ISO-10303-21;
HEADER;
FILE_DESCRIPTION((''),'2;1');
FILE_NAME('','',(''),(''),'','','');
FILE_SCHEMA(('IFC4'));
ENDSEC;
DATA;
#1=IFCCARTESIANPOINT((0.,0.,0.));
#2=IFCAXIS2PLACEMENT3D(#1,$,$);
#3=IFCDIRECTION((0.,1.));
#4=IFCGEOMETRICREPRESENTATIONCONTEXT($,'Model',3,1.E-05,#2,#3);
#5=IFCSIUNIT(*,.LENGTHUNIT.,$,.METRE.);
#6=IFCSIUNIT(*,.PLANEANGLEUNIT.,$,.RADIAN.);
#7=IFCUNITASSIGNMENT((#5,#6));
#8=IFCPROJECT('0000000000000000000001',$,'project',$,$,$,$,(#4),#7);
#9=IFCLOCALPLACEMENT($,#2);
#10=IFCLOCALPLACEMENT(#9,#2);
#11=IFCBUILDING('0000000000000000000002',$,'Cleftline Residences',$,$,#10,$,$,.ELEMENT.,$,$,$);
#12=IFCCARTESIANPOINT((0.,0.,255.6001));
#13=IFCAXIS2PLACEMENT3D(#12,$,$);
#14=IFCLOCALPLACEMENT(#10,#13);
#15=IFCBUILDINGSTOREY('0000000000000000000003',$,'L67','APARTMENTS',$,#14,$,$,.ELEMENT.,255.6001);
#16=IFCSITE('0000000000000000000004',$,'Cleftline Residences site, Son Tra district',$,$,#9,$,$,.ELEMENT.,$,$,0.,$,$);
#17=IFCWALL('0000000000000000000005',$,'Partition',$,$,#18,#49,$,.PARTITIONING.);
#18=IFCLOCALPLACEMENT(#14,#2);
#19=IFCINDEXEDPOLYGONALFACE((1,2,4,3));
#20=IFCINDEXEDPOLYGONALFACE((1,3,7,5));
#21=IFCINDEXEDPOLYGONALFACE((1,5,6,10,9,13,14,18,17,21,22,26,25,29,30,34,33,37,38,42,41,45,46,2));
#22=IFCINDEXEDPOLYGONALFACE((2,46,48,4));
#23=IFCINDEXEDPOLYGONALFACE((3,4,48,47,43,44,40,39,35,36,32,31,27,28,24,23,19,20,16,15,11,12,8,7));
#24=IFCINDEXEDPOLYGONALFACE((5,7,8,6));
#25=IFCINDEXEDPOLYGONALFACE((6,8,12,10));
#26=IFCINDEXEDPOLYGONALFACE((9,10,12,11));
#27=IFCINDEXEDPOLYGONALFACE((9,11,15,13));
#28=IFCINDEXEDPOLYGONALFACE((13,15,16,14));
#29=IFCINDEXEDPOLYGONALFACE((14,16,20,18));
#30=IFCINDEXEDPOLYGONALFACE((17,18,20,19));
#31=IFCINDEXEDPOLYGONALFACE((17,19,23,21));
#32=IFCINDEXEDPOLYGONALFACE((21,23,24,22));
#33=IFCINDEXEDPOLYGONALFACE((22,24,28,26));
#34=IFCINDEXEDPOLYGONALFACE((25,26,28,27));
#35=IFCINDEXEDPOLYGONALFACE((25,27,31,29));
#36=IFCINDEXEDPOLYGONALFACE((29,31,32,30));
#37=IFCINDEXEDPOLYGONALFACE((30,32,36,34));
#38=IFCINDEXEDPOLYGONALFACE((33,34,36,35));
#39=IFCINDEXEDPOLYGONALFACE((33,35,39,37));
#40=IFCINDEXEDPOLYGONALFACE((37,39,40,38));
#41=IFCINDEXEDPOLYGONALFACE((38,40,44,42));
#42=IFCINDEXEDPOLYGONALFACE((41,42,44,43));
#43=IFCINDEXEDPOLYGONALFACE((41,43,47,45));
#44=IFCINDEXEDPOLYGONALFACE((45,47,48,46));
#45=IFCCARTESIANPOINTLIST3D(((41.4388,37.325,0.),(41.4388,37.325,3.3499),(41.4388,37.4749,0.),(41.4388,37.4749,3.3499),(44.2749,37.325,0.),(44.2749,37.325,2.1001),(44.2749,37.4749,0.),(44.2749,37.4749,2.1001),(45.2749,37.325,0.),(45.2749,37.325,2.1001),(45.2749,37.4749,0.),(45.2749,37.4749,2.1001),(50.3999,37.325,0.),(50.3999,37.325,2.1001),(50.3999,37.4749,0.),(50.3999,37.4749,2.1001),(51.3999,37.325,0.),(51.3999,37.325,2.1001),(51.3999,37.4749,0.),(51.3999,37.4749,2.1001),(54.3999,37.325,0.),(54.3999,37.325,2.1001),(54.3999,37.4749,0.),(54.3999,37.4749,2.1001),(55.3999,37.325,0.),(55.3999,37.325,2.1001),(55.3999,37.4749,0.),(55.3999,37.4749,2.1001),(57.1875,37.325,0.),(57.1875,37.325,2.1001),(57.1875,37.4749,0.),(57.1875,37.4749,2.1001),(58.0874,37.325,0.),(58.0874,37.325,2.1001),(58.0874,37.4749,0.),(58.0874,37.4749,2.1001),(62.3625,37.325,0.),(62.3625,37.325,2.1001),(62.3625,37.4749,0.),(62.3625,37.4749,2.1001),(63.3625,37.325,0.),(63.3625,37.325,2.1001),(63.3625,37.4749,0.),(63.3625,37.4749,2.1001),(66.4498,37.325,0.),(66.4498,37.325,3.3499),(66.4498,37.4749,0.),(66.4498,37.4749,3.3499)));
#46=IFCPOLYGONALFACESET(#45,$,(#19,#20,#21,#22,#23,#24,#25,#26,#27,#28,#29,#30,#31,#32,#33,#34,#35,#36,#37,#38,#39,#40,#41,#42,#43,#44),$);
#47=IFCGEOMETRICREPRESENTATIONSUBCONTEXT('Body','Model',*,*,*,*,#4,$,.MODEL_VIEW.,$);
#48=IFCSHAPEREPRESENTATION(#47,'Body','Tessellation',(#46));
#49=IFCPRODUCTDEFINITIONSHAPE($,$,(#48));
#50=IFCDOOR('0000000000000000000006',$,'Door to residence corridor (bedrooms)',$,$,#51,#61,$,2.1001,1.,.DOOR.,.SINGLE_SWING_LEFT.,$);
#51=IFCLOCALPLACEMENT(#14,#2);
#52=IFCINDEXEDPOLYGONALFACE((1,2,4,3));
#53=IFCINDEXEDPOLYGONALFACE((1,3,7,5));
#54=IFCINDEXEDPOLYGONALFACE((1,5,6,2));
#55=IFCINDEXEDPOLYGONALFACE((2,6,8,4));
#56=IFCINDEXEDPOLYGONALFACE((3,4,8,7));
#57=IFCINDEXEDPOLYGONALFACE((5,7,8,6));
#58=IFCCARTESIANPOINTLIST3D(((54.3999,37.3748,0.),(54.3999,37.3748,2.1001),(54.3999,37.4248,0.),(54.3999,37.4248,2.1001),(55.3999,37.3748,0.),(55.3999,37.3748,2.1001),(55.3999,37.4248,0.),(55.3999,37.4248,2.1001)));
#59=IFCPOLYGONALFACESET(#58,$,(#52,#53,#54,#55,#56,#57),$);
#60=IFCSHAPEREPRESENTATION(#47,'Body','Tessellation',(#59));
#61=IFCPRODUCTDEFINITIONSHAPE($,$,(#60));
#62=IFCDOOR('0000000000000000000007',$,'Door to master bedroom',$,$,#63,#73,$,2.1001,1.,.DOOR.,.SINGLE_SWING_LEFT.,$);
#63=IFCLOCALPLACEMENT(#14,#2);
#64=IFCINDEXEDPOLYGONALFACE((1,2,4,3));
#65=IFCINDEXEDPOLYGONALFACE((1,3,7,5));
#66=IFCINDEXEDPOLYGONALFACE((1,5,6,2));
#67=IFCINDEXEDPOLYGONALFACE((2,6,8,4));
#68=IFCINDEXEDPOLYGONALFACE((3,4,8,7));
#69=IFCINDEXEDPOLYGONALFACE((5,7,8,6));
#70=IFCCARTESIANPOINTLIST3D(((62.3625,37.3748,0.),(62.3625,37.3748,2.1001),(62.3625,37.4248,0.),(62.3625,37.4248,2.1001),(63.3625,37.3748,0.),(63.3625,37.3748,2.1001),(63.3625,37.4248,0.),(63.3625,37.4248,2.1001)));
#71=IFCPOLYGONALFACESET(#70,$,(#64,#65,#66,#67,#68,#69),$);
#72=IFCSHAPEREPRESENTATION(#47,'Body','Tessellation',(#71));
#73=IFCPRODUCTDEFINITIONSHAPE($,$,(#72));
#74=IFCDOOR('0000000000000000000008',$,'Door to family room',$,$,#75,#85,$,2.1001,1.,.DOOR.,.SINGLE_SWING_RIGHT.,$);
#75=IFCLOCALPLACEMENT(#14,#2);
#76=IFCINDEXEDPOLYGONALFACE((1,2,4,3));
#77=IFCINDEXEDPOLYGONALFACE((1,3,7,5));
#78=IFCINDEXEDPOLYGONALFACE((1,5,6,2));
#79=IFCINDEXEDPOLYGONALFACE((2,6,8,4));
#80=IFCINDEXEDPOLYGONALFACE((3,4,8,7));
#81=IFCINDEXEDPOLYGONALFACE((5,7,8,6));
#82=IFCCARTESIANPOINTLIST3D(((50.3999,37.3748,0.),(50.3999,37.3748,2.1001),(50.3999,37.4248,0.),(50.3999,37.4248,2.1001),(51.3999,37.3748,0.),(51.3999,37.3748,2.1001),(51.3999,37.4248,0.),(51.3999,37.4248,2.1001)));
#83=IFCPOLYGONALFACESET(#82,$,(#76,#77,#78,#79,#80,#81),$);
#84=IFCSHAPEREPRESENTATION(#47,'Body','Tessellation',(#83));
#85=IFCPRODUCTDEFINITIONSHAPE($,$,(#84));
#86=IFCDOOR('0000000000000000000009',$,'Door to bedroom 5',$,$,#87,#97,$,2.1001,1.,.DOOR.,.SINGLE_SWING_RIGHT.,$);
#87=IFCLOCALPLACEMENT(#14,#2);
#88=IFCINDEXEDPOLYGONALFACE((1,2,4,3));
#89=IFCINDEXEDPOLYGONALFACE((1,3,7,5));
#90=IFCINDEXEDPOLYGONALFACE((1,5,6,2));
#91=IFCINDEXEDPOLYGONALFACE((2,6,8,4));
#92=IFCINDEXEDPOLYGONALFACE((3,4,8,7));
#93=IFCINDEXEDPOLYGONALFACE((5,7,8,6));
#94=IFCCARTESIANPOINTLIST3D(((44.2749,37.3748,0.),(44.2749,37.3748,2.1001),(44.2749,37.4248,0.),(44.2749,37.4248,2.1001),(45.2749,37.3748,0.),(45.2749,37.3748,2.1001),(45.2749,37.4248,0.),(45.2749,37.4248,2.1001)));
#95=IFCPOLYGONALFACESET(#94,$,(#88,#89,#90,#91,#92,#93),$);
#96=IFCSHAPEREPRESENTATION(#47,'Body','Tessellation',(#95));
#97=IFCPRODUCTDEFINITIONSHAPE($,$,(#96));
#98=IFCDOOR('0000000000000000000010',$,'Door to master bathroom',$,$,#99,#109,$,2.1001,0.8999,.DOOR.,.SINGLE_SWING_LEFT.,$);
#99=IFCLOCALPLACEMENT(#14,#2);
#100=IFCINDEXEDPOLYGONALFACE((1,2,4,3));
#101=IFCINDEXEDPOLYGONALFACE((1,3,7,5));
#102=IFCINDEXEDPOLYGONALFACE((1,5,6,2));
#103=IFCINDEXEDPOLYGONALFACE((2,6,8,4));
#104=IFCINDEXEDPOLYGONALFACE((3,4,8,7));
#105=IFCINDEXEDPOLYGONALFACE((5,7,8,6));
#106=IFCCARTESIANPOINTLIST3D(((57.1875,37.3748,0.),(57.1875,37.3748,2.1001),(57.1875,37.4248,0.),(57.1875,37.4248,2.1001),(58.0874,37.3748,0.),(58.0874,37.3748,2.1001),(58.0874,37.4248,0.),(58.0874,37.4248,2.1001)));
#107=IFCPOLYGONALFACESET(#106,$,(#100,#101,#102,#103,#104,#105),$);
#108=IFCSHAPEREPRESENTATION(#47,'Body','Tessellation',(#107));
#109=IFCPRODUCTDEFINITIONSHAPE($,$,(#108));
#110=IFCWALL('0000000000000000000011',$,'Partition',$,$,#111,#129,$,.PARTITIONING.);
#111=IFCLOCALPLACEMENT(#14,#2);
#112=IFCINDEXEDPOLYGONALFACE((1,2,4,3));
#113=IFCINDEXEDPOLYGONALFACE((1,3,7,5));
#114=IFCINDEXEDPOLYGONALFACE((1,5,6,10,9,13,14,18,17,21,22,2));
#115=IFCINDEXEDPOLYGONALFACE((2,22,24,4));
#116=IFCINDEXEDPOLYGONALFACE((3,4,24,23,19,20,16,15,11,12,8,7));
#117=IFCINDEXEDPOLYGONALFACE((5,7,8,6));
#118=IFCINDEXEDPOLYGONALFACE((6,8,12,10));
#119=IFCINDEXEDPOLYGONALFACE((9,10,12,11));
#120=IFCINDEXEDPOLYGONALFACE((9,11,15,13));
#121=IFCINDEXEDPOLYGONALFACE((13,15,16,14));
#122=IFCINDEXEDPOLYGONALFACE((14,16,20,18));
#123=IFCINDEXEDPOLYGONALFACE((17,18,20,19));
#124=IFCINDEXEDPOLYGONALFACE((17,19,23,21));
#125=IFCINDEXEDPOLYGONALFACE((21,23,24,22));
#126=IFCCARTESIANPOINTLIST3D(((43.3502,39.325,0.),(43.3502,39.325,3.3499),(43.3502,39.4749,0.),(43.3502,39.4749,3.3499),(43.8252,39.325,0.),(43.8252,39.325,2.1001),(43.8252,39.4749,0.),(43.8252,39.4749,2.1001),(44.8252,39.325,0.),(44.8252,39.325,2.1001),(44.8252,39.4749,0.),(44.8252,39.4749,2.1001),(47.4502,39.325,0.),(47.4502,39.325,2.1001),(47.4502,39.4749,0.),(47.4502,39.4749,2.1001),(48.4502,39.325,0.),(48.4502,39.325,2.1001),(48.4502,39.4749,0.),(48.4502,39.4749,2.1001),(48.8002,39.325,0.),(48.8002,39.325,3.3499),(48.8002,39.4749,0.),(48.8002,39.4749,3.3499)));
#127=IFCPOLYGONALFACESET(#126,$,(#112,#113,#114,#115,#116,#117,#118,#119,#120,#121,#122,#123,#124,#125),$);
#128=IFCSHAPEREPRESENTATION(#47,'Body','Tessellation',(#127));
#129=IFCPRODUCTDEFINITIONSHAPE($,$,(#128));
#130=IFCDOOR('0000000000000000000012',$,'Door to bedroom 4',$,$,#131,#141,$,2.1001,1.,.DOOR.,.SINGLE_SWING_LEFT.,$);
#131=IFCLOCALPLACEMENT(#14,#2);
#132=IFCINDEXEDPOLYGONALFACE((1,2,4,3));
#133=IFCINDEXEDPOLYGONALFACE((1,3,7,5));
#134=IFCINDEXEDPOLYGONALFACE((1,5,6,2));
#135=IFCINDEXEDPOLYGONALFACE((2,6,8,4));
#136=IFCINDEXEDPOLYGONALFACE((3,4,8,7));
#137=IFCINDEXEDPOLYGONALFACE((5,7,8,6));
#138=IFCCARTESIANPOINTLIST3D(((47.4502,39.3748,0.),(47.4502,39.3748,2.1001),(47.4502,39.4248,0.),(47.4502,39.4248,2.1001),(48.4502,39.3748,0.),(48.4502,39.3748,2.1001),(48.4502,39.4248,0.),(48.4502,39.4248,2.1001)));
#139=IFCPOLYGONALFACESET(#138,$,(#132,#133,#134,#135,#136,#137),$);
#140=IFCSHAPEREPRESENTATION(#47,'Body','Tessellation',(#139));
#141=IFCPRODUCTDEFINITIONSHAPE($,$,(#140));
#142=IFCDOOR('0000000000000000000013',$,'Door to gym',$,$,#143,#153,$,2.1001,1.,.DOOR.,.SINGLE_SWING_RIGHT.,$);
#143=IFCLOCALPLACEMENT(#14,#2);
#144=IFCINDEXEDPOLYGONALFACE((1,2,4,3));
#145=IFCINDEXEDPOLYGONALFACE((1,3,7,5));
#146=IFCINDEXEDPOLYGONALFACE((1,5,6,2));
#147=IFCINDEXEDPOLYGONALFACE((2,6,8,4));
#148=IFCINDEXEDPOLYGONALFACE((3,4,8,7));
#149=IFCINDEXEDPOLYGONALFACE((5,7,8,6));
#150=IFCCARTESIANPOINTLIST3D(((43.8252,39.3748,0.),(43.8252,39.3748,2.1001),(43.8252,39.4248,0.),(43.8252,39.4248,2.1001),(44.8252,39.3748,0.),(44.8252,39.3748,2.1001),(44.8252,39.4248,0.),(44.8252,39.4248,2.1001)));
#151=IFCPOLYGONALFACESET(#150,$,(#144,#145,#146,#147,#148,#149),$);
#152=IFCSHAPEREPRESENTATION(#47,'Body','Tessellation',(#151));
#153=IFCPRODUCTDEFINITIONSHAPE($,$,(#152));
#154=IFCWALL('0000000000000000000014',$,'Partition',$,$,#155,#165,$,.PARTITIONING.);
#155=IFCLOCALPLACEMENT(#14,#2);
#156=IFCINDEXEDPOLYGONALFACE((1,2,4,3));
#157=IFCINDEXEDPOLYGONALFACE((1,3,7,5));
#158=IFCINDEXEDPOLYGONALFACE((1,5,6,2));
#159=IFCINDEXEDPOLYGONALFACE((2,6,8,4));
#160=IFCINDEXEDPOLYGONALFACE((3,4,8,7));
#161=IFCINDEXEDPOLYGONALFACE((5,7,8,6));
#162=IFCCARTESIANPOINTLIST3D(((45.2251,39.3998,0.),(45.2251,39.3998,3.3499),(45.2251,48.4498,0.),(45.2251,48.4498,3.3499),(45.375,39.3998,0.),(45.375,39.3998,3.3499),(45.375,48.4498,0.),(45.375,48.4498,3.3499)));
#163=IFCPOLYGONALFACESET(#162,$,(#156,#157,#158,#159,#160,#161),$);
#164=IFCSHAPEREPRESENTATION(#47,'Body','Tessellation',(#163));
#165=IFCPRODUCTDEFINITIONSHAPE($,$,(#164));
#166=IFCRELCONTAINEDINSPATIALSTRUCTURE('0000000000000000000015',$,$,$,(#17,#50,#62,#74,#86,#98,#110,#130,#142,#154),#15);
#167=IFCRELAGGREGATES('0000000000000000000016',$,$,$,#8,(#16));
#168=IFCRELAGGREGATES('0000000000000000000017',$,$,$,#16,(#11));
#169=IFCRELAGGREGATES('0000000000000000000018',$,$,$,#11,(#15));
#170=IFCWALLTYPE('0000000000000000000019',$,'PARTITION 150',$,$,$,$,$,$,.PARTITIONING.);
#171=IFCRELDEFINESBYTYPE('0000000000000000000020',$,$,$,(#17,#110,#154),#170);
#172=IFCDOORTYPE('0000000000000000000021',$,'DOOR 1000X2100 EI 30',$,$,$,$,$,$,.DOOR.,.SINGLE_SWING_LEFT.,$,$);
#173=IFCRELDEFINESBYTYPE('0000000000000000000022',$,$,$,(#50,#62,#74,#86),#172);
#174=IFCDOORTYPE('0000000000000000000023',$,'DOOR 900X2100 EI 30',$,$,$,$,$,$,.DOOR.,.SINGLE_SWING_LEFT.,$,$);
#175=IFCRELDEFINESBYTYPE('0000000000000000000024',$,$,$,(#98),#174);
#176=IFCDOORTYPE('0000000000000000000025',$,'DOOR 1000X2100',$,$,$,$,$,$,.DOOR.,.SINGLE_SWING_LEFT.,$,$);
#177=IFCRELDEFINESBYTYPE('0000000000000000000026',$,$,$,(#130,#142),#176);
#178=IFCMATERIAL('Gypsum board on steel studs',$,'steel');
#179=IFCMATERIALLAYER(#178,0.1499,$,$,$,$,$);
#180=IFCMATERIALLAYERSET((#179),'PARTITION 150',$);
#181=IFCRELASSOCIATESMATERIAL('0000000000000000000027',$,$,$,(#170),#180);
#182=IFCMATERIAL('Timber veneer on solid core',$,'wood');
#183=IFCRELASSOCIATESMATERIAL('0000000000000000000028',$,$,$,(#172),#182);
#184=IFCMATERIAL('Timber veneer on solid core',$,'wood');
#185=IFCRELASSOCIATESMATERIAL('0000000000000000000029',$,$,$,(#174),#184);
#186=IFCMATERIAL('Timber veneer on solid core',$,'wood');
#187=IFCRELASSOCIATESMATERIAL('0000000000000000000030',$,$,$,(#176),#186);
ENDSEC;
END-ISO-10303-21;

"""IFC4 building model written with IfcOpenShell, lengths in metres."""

from ifc_helpers import new_model, si_unit, direction, frame, frame_2d, origin, place, context, subcontext, project, spatial, rectangle, extrude, material, layer, layer_set, type_object, element, fill, save


model = new_model("IFC4")

# Units and contexts
model_context = context("Model", 3, precision=1e-05, world=origin(), true_north=direction((0.0, 1.0)))
body_context = subcontext(model_context, "Body", "Model", "MODEL_VIEW")
ifc_project = project(units=[si_unit("LENGTHUNIT", "METRE"), si_unit("PLANEANGLEUNIT", "RADIAN")], contexts=[model_context])

# Site, building, storey
site_placement = place(None, origin())
site = spatial("IfcSite", under=ifc_project, at=site_placement, Name="Cleftline Residences site, Son Tra district", CompositionType="ELEMENT", RefElevation=0.0)
building_placement = place(site_placement, origin())
building = spatial("IfcBuilding", under=site, at=building_placement, Name="Cleftline Residences", CompositionType="ELEMENT")
storey_placement = place(building_placement, frame((0.0, 0.0, 255.6001)))
storey = spatial("IfcBuildingStorey", under=building, at=storey_placement, Name="L67", Description="APARTMENTS", CompositionType="ELEMENT", Elevation=255.6001)

# Shared definitions
ifc_material_1 = material(Name="Gypsum board on steel studs", Category="steel")
ifc_layer_1 = layer(ifc_material_1, 0.1499)
ifc_layer_set_1 = layer_set([ifc_layer_1], Name="PARTITION 150")
wall_type = type_object("IfcWallType", Name="PARTITION 150", PredefinedType="PARTITIONING", material=ifc_layer_set_1)

# Walls, openings, doors
wall_1_placement = place(storey_placement, frame((41.439, 37.3999, 0.0), z_axis=(0.0, 0.0, 1.0), x_axis=(1.0, 0.0, 0.0)))
wall_1 = element("IfcWall", 1, at=wall_1_placement, inside=storey, type_object=wall_type, Name="Partition", PredefinedType="PARTITIONING", context=body_context, shape_type="SweptSolid", body=[
    extrude(rectangle(XDim=25.011, YDim=0.1499, at=frame_2d((12.5054, 0.0))), origin(), (0.0, 0.0, 1.0), 3.3499),
])
opening_1_placement = place(wall_1_placement, frame((12.9609, 0.0, 0.0)))
opening_1 = element("IfcOpeningElement", 2, at=opening_1_placement, cuts=wall_1, PredefinedType="OPENING", context=body_context, shape_type="SweptSolid", body=[
    extrude(rectangle(XDim=1.0, YDim=2.1001, at=frame_2d((0.5, 1.05))), frame((0.0, 0.085, 0.0), z_axis=(0.0, -1.0, 0.0), x_axis=(1.0, 0.0, 0.0)), (0.0, 0.0, 1.0), 0.1699),
])
opening_2_placement = place(wall_1_placement, frame((20.9236, 0.0, 0.0)))
opening_2 = element("IfcOpeningElement", 3, at=opening_2_placement, cuts=wall_1, PredefinedType="OPENING", context=body_context, shape_type="SweptSolid", body=[
    extrude(rectangle(XDim=1.0, YDim=2.1001, at=frame_2d((0.5, 1.05))), frame((0.0, 0.085, 0.0), z_axis=(0.0, -1.0, 0.0), x_axis=(1.0, 0.0, 0.0)), (0.0, 0.0, 1.0), 0.1699),
])
opening_3_placement = place(wall_1_placement, frame((15.7485, 0.0, 0.0)))
opening_3 = element("IfcOpeningElement", 4, at=opening_3_placement, cuts=wall_1, PredefinedType="OPENING", context=body_context, shape_type="SweptSolid", body=[
    extrude(rectangle(XDim=0.8999, YDim=2.1001, at=frame_2d((0.45, 1.05))), frame((0.0, 0.085, 0.0), z_axis=(0.0, -1.0, 0.0), x_axis=(1.0, 0.0, 0.0)), (0.0, 0.0, 1.0), 0.1699),
])
opening_4_placement = place(wall_1_placement, frame((8.9609, 0.0, 0.0)))
opening_4 = element("IfcOpeningElement", 5, at=opening_4_placement, cuts=wall_1, PredefinedType="OPENING", context=body_context, shape_type="SweptSolid", body=[
    extrude(rectangle(XDim=1.0, YDim=2.1001, at=frame_2d((0.5, 1.05))), frame((0.0, 0.085, 0.0), z_axis=(0.0, -1.0, 0.0), x_axis=(1.0, 0.0, 0.0)), (0.0, 0.0, 1.0), 0.1699),
])
opening_5_placement = place(wall_1_placement, frame((2.8359, 0.0, 0.0)))
opening_5 = element("IfcOpeningElement", 6, at=opening_5_placement, cuts=wall_1, PredefinedType="OPENING", context=body_context, shape_type="SweptSolid", body=[
    extrude(rectangle(XDim=1.0, YDim=2.1001, at=frame_2d((0.5, 1.05))), frame((0.0, 0.085, 0.0), z_axis=(0.0, -1.0, 0.0), x_axis=(1.0, 0.0, 0.0)), (0.0, 0.0, 1.0), 0.1699),
])
ifc_material_2 = material(Name="Timber veneer on solid core", Category="wood")
door_type_1 = type_object("IfcDoorType", Name="DOOR 1000X2100 EI 30", OperationType="SINGLE_SWING_LEFT", PredefinedType="DOOR", material=ifc_material_2)
door_1_placement = place(opening_1_placement, origin())
door_1 = element("IfcDoor", 7, at=door_1_placement, inside=storey, type_object=door_type_1, Name="Door to residence corridor (bedrooms)", OperationType="SINGLE_SWING_LEFT", OverallHeight=2.1001, OverallWidth=1.0, PredefinedType="DOOR", context=body_context, shape_type="SweptSolid", body=[
    extrude(rectangle(XDim=1.0, YDim=2.1001, at=frame_2d((0.5, 1.05))), frame((0.0, 0.0249, 0.0), z_axis=(0.0, -1.0, 0.0), x_axis=(1.0, 0.0, 0.0)), (0.0, 0.0, 1.0), 0.05),
])
fill(opening_1, door_1)
door_2_placement = place(opening_2_placement, origin())
door_2 = element("IfcDoor", 8, at=door_2_placement, inside=storey, type_object=door_type_1, Name="Door to master bedroom", OperationType="SINGLE_SWING_LEFT", OverallHeight=2.1001, OverallWidth=1.0, PredefinedType="DOOR", context=body_context, shape_type="SweptSolid", body=[
    extrude(rectangle(XDim=1.0, YDim=2.1001, at=frame_2d((0.5, 1.05))), frame((0.0, 0.0249, 0.0), z_axis=(0.0, -1.0, 0.0), x_axis=(1.0, 0.0, 0.0)), (0.0, 0.0, 1.0), 0.05),
])
fill(opening_2, door_2)
door_3_placement = place(opening_4_placement, origin())
door_3 = element("IfcDoor", 9, at=door_3_placement, inside=storey, type_object=door_type_1, Name="Door to family room", OperationType="SINGLE_SWING_RIGHT", OverallHeight=2.1001, OverallWidth=1.0, PredefinedType="DOOR", context=body_context, shape_type="SweptSolid", body=[
    extrude(rectangle(XDim=1.0, YDim=2.1001, at=frame_2d((0.5, 1.05))), frame((0.0, 0.0249, 0.0), z_axis=(0.0, -1.0, 0.0), x_axis=(1.0, 0.0, 0.0)), (0.0, 0.0, 1.0), 0.05),
])
fill(opening_4, door_3)
door_4_placement = place(opening_5_placement, origin())
door_4 = element("IfcDoor", 10, at=door_4_placement, inside=storey, type_object=door_type_1, Name="Door to bedroom 5", OperationType="SINGLE_SWING_RIGHT", OverallHeight=2.1001, OverallWidth=1.0, PredefinedType="DOOR", context=body_context, shape_type="SweptSolid", body=[
    extrude(rectangle(XDim=1.0, YDim=2.1001, at=frame_2d((0.5, 1.05))), frame((0.0, 0.0249, 0.0), z_axis=(0.0, -1.0, 0.0), x_axis=(1.0, 0.0, 0.0)), (0.0, 0.0, 1.0), 0.05),
])
fill(opening_5, door_4)
ifc_material_3 = material(Name="Timber veneer on solid core", Category="wood")
door_type_2 = type_object("IfcDoorType", Name="DOOR 900X2100 EI 30", OperationType="SINGLE_SWING_LEFT", PredefinedType="DOOR", material=ifc_material_3)
door_5_placement = place(opening_3_placement, origin())
door_5 = element("IfcDoor", 11, at=door_5_placement, inside=storey, type_object=door_type_2, Name="Door to master bathroom", OperationType="SINGLE_SWING_LEFT", OverallHeight=2.1001, OverallWidth=0.8999, PredefinedType="DOOR", context=body_context, shape_type="SweptSolid", body=[
    extrude(rectangle(XDim=0.8999, YDim=2.1001, at=frame_2d((0.45, 1.05))), frame((0.0, 0.0249, 0.0), z_axis=(0.0, -1.0, 0.0), x_axis=(1.0, 0.0, 0.0)), (0.0, 0.0, 1.0), 0.05),
])
fill(opening_3, door_5)
wall_2_placement = place(storey_placement, frame((43.3501, 39.3999, 0.0), z_axis=(0.0, 0.0, 1.0), x_axis=(1.0, 0.0, 0.0)))
wall_2 = element("IfcWall", 12, at=wall_2_placement, inside=storey, type_object=wall_type, Name="Partition", PredefinedType="PARTITIONING", context=body_context, shape_type="SweptSolid", body=[
    extrude(rectangle(XDim=5.45, YDim=0.1499, at=frame_2d((2.7251, 0.0))), origin(), (0.0, 0.0, 1.0), 3.3499),
])
opening_6_placement = place(wall_2_placement, frame((4.1001, 0.0, 0.0)))
opening_6 = element("IfcOpeningElement", 13, at=opening_6_placement, cuts=wall_2, PredefinedType="OPENING", context=body_context, shape_type="SweptSolid", body=[
    extrude(rectangle(XDim=1.0, YDim=2.1001, at=frame_2d((0.5, 1.05))), frame((0.0, 0.085, 0.0), z_axis=(0.0, -1.0, 0.0), x_axis=(1.0, 0.0, 0.0)), (0.0, 0.0, 1.0), 0.1699),
])
opening_7_placement = place(wall_2_placement, frame((0.4751, 0.0, 0.0)))
opening_7 = element("IfcOpeningElement", 14, at=opening_7_placement, cuts=wall_2, PredefinedType="OPENING", context=body_context, shape_type="SweptSolid", body=[
    extrude(rectangle(XDim=1.0, YDim=2.1001, at=frame_2d((0.5, 1.05))), frame((0.0, 0.085, 0.0), z_axis=(0.0, -1.0, 0.0), x_axis=(1.0, 0.0, 0.0)), (0.0, 0.0, 1.0), 0.1699),
])
ifc_material_4 = material(Name="Timber veneer on solid core", Category="wood")
door_type_3 = type_object("IfcDoorType", Name="DOOR 1000X2100", OperationType="SINGLE_SWING_LEFT", PredefinedType="DOOR", material=ifc_material_4)
door_6_placement = place(opening_6_placement, origin())
door_6 = element("IfcDoor", 15, at=door_6_placement, inside=storey, type_object=door_type_3, Name="Door to bedroom 4", OperationType="SINGLE_SWING_LEFT", OverallHeight=2.1001, OverallWidth=1.0, PredefinedType="DOOR", context=body_context, shape_type="SweptSolid", body=[
    extrude(rectangle(XDim=1.0, YDim=2.1001, at=frame_2d((0.5, 1.05))), frame((0.0, 0.0249, 0.0), z_axis=(0.0, -1.0, 0.0), x_axis=(1.0, 0.0, 0.0)), (0.0, 0.0, 1.0), 0.05),
])
fill(opening_6, door_6)
door_7_placement = place(opening_7_placement, origin())
door_7 = element("IfcDoor", 16, at=door_7_placement, inside=storey, type_object=door_type_3, Name="Door to gym", OperationType="SINGLE_SWING_RIGHT", OverallHeight=2.1001, OverallWidth=1.0, PredefinedType="DOOR", context=body_context, shape_type="SweptSolid", body=[
    extrude(rectangle(XDim=1.0, YDim=2.1001, at=frame_2d((0.5, 1.05))), frame((0.0, 0.0249, 0.0), z_axis=(0.0, -1.0, 0.0), x_axis=(1.0, 0.0, 0.0)), (0.0, 0.0, 1.0), 0.05),
])
fill(opening_7, door_7)

# Wall
wall_3_placement = place(storey_placement, frame((45.3, 39.3999, 0.0), z_axis=(0.0, 0.0, 1.0), x_axis=(0.0, 1.0, 0.0)))
element("IfcWall", 17, at=wall_3_placement, inside=storey, type_object=wall_type, Name="Partition", PredefinedType="PARTITIONING", context=body_context, shape_type="SweptSolid", body=[
    extrude(rectangle(XDim=9.05, YDim=0.1499, at=frame_2d((4.5249, 0.0))), origin(), (0.0, 0.0, 1.0), 3.3499),
])

save(model, "model.ifc")
